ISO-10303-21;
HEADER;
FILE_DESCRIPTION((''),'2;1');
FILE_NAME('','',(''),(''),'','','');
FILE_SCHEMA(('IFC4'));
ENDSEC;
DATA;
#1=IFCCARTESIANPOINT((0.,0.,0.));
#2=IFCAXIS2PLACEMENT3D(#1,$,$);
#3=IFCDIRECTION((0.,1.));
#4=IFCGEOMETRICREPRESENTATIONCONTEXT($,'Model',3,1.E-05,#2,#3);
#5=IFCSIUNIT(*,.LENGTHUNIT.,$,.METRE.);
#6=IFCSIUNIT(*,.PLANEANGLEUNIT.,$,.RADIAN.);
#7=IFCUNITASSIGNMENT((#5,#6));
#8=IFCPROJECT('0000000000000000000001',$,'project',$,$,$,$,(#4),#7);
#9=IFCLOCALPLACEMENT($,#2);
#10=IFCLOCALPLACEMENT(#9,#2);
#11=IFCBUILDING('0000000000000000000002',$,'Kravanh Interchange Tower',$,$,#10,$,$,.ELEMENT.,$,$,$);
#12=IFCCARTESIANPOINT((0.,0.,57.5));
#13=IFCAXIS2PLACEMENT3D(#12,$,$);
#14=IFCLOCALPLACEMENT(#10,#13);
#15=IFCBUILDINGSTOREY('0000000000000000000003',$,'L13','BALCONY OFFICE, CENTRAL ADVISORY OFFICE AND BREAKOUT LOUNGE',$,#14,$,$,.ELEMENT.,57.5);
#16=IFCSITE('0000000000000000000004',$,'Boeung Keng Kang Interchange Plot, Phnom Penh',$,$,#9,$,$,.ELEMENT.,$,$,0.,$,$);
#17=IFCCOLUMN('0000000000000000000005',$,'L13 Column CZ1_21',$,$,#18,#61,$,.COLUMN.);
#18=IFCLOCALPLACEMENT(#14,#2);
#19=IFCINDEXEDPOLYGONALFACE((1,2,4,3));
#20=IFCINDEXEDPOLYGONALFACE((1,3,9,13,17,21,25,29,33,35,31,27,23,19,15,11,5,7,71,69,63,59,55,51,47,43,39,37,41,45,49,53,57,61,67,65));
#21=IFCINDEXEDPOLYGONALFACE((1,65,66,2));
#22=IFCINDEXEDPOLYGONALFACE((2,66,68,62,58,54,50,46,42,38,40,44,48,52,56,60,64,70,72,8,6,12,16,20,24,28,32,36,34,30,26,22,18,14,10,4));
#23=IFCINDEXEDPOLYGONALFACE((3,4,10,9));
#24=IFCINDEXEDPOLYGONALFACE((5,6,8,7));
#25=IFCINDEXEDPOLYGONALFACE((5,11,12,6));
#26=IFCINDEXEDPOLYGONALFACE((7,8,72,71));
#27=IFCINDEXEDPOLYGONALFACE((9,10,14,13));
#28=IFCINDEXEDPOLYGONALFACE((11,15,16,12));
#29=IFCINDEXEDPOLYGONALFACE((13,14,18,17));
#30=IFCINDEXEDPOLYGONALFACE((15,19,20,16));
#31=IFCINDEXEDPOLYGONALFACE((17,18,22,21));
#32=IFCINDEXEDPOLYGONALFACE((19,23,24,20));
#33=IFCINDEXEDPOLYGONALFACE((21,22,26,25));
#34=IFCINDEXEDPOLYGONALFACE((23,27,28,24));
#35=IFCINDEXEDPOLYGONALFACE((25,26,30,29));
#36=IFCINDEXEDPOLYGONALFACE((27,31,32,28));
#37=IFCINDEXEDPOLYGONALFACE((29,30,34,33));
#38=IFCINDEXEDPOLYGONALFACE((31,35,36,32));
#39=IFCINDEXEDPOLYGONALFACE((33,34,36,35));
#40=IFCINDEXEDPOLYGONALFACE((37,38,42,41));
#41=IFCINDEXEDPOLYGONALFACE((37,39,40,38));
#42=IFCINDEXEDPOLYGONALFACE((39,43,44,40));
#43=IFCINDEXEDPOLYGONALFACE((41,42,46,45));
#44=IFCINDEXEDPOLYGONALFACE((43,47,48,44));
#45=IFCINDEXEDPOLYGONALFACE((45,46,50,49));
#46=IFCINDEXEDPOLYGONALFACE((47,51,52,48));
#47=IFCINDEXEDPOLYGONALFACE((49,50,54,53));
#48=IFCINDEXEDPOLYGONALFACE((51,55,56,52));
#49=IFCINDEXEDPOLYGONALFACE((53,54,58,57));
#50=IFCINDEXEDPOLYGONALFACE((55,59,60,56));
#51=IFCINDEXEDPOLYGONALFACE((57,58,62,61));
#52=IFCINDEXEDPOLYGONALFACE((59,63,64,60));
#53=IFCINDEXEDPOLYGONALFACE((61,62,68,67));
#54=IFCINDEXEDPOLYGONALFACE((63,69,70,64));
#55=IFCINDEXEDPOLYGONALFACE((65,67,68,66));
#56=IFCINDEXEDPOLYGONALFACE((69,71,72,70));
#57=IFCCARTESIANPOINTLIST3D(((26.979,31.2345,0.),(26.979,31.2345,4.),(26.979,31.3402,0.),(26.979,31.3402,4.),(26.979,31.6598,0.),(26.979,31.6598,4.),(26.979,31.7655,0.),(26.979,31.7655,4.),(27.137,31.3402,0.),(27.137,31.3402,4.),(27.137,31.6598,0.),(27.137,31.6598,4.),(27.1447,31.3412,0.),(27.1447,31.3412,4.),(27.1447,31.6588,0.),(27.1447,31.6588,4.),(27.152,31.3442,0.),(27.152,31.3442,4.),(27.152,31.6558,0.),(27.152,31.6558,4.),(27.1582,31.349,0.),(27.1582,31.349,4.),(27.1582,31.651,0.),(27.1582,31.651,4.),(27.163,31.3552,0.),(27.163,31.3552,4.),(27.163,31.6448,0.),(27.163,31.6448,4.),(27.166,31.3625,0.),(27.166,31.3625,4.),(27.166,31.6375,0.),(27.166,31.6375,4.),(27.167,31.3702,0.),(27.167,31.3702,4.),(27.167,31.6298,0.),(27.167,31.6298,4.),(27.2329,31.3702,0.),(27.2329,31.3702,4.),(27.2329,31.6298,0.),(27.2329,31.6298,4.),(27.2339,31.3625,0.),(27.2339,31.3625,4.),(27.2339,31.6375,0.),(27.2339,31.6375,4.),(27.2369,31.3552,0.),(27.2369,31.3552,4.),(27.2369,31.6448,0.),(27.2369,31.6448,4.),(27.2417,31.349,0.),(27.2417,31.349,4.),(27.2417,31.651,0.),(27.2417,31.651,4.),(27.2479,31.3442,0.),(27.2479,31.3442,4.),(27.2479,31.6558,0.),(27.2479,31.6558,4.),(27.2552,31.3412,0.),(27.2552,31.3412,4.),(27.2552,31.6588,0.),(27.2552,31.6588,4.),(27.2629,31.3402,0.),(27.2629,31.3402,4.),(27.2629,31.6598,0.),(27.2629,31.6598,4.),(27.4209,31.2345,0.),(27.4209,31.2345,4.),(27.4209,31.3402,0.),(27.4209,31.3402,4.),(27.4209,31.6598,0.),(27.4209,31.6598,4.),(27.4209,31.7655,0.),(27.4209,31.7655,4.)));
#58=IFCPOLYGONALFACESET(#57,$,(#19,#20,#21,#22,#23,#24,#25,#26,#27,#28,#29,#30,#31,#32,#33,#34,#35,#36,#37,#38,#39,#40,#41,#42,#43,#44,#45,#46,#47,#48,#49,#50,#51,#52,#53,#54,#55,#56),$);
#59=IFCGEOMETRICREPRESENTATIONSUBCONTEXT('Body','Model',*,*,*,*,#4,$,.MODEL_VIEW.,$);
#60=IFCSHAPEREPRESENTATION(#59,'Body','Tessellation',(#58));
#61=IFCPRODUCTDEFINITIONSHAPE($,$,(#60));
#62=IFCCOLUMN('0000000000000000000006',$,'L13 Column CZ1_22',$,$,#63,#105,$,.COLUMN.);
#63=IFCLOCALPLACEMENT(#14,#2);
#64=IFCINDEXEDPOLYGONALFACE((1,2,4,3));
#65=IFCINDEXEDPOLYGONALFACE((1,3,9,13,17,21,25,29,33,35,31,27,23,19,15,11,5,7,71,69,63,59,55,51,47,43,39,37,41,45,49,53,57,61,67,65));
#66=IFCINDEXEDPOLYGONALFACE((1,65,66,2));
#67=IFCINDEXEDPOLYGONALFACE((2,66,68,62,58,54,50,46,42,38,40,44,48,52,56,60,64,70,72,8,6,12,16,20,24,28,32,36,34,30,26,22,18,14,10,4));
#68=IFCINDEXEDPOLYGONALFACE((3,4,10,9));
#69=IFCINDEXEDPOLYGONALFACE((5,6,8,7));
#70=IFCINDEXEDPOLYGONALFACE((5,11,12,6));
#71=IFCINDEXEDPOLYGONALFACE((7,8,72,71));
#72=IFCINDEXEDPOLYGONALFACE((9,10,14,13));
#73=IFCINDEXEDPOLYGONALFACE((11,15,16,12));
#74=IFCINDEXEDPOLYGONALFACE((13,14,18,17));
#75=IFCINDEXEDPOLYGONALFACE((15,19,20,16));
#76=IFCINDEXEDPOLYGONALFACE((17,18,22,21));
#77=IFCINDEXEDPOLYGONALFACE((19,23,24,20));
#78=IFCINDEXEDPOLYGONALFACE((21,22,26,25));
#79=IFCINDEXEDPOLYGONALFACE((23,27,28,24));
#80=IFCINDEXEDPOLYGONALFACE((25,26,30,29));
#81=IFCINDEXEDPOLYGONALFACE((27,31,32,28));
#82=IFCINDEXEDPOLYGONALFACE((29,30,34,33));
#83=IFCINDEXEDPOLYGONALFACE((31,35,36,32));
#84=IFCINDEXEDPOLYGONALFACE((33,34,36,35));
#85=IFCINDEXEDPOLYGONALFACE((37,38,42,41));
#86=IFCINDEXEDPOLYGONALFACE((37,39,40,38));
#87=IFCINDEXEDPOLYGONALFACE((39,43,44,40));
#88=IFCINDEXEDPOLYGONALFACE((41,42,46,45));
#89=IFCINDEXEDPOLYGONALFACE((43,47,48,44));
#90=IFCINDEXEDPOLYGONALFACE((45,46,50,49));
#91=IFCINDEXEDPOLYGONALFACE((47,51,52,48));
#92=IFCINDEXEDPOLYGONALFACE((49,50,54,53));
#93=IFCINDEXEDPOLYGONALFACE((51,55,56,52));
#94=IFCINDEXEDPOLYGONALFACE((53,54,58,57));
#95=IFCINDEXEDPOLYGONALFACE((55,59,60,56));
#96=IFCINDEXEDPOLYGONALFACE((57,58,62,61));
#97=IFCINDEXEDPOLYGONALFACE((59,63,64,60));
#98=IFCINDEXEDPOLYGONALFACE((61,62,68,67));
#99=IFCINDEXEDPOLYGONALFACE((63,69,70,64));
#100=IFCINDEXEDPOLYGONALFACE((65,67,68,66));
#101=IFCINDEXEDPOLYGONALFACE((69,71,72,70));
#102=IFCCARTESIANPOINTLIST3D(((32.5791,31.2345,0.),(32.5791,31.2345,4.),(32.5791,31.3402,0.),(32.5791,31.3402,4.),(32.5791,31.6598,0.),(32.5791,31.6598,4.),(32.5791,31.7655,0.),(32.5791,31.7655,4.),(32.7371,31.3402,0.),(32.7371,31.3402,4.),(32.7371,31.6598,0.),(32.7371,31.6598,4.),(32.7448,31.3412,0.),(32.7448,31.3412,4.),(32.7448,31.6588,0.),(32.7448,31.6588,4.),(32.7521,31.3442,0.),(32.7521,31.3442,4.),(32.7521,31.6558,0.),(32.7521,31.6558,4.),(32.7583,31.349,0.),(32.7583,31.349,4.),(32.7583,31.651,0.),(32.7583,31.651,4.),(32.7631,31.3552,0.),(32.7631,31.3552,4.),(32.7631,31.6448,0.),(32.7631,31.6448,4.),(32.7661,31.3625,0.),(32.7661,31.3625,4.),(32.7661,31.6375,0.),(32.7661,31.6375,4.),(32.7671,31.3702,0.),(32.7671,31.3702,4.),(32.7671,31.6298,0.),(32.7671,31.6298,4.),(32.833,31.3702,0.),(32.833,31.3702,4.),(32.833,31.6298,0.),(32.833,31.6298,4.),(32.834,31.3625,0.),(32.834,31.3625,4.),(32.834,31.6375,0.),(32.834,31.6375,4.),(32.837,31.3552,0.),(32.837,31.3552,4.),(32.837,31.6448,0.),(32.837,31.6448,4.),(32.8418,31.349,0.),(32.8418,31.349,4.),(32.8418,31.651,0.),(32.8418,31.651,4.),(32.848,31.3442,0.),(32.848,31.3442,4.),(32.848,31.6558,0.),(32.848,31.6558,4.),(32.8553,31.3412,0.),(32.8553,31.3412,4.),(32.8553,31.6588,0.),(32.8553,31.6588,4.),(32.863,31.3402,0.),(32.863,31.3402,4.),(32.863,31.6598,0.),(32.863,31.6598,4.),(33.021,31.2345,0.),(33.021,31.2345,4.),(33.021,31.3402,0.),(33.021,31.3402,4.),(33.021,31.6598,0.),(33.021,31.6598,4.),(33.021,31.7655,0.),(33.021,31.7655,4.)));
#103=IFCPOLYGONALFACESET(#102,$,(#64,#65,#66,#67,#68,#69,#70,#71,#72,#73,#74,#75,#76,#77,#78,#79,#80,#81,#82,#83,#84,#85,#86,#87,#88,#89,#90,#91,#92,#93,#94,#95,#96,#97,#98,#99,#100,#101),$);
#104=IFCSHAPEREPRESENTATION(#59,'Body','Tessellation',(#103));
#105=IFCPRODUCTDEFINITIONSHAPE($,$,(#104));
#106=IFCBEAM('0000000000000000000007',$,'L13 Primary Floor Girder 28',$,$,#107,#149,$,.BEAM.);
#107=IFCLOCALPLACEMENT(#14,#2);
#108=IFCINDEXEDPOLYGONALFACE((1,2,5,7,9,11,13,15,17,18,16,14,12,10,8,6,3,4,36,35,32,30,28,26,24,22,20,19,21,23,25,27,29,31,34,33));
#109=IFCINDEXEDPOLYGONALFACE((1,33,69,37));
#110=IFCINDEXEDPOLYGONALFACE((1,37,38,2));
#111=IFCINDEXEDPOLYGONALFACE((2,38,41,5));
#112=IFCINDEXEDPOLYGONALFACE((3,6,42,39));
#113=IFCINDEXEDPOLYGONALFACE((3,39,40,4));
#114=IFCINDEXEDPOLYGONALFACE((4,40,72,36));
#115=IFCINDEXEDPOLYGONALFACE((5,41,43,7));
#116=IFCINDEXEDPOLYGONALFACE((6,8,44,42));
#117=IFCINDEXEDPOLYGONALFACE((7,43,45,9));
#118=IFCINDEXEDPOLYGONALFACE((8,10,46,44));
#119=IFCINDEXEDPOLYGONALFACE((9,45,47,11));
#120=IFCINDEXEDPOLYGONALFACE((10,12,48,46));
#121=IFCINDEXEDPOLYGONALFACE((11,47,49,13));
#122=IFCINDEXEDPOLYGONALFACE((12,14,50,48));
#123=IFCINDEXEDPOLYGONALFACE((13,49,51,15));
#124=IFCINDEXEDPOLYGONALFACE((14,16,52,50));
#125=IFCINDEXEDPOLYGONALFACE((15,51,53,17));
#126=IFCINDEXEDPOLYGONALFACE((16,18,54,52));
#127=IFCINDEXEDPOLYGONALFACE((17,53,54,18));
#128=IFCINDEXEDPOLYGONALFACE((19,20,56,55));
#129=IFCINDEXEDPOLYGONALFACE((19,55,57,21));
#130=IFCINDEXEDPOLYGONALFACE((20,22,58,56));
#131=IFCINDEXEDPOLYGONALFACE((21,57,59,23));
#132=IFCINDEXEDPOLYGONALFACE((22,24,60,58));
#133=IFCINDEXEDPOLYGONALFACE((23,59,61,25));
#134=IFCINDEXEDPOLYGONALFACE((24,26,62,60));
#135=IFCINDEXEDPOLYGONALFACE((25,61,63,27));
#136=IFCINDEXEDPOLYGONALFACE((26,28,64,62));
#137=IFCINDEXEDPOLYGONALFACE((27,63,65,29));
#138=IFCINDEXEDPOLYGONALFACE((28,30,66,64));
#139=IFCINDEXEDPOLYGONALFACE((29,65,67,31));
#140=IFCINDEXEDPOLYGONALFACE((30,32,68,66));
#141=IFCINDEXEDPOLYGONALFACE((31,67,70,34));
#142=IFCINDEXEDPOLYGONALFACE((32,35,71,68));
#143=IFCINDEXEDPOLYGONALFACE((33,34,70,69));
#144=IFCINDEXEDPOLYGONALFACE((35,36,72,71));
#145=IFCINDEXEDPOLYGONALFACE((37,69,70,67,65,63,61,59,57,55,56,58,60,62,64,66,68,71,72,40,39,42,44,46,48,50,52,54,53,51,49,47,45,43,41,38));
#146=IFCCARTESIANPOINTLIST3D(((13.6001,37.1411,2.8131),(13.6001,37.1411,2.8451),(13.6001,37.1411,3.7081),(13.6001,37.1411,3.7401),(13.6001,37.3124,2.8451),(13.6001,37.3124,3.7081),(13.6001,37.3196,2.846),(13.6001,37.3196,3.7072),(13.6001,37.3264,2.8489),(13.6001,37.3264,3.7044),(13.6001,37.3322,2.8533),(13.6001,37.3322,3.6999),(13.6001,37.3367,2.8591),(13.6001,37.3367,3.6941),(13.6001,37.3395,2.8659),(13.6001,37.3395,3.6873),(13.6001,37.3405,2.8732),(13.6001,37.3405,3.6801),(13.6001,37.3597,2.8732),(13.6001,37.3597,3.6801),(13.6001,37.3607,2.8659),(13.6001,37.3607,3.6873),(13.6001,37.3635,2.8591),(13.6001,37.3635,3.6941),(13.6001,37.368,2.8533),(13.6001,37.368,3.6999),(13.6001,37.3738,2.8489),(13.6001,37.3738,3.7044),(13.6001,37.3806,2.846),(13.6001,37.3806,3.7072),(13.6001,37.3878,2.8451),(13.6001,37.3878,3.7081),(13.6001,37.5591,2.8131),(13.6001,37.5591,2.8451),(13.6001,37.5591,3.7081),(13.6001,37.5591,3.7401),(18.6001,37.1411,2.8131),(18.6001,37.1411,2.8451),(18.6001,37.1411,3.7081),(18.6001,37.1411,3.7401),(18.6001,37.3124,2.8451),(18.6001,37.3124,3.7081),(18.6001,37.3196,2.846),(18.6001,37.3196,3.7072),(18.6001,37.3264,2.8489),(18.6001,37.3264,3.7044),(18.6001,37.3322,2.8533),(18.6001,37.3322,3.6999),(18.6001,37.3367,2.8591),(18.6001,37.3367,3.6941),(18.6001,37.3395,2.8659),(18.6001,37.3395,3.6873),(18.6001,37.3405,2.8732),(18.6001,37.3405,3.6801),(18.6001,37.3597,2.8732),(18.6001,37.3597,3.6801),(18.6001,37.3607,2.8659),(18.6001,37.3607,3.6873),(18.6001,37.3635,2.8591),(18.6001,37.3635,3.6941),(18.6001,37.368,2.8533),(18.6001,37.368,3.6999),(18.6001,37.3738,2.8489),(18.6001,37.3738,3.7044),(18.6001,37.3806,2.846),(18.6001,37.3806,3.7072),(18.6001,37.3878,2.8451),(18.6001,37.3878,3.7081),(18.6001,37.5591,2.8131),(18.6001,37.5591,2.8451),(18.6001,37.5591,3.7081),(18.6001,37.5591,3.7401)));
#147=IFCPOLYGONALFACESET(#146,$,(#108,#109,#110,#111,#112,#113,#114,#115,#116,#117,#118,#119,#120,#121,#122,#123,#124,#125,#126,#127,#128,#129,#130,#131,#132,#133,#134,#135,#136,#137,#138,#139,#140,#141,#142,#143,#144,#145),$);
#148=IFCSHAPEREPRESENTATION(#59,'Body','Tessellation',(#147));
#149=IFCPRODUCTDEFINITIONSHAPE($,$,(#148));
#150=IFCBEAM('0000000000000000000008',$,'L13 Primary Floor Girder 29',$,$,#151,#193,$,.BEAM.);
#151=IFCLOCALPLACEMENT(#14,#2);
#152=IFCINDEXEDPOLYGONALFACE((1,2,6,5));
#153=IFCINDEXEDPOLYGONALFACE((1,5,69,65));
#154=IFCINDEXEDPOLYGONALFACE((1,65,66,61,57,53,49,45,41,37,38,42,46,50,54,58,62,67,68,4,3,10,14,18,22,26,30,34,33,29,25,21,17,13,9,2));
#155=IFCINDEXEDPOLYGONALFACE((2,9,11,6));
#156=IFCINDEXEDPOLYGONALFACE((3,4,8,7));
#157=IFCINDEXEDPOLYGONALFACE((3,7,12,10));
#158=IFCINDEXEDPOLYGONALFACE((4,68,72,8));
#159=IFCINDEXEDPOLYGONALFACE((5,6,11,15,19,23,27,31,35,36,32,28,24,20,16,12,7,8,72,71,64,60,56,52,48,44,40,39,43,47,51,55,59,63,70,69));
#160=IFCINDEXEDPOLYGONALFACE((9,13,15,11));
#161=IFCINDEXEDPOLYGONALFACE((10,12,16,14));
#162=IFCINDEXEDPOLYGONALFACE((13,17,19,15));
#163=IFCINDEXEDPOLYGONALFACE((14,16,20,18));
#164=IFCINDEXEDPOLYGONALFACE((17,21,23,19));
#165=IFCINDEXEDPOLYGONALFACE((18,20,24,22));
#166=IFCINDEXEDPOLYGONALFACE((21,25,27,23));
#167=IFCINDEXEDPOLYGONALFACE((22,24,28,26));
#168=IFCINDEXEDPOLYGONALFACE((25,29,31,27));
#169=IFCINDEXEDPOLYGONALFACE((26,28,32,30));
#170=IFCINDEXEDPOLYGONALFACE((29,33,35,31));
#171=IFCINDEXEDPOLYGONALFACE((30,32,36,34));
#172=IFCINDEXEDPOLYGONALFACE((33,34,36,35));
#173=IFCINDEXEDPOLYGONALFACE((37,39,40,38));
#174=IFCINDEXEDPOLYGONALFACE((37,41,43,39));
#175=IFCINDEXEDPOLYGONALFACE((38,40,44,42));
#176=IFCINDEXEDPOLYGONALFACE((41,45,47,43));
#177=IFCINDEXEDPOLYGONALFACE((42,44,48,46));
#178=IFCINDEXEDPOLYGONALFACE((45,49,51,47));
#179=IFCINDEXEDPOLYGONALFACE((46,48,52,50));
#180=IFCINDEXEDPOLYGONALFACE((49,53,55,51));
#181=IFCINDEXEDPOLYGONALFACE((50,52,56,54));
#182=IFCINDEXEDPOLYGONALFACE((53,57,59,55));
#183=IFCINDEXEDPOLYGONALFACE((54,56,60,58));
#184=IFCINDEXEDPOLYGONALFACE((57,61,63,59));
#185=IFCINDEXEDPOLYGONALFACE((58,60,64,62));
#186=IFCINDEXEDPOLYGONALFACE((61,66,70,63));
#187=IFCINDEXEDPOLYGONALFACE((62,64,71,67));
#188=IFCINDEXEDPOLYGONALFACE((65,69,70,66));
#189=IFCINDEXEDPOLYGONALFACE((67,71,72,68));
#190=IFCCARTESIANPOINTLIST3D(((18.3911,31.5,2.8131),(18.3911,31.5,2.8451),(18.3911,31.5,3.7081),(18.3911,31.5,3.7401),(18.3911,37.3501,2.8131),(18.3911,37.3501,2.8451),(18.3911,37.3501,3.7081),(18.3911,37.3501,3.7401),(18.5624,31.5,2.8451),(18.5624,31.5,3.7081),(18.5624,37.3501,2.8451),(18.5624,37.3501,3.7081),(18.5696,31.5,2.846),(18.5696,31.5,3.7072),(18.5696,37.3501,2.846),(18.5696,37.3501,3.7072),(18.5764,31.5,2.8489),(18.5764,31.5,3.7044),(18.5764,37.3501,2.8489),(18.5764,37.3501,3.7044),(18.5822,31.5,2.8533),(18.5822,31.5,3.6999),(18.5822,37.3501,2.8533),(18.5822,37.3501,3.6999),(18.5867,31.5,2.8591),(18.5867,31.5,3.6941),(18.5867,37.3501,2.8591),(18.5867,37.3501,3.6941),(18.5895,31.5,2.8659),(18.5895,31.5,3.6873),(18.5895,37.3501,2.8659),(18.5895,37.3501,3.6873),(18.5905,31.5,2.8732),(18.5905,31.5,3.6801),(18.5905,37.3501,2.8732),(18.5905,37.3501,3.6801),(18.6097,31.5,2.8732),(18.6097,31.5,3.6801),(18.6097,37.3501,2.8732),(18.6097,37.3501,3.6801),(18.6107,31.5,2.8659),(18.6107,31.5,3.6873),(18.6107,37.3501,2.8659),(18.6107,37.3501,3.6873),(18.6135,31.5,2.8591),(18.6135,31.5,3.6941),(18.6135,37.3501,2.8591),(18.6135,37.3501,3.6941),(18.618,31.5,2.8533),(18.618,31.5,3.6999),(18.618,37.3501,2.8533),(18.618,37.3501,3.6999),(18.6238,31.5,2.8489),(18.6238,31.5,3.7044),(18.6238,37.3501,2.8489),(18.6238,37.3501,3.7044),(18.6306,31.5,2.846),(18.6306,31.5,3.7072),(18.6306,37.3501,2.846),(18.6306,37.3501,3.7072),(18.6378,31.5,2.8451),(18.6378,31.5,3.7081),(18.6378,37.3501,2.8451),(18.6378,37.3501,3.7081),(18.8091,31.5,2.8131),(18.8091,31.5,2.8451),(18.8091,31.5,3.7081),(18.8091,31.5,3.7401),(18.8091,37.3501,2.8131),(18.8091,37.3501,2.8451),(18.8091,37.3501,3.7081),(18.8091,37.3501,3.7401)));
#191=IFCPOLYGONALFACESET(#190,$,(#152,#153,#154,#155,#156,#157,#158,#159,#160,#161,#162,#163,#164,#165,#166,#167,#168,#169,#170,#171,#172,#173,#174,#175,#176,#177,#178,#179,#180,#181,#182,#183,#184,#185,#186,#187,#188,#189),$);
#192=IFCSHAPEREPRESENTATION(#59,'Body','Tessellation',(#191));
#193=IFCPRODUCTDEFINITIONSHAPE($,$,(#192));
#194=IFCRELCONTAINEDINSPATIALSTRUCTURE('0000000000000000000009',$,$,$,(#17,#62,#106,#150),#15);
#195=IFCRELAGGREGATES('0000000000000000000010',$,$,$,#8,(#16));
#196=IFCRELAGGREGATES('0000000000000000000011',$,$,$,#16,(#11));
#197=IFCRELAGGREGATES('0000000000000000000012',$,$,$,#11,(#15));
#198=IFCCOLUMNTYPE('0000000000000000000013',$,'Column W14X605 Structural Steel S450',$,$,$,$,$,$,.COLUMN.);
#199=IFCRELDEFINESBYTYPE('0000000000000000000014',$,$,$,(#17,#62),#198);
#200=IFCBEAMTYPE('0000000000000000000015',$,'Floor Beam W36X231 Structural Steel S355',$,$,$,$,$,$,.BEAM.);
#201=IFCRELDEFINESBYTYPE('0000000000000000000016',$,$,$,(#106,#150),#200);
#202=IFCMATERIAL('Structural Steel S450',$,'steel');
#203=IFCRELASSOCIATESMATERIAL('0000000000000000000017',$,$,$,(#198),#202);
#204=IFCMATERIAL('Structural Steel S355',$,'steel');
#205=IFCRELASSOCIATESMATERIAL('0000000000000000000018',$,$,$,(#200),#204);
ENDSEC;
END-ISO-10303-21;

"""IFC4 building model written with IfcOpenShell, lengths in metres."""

from ifc_helpers import new_model, si_unit, direction, frame, origin, origin_2d, place, context, subcontext, project, spatial, i_section, extrude, material, material_profile, profile_set, type_object, element, save


model = new_model("IFC4")

# Units and contexts
model_context = context("Model", 3, precision=1e-05, world=origin(), true_north=direction((0.0, 1.0)))
body_context = subcontext(model_context, "Body", "Model", "MODEL_VIEW")
ifc_project = project(units=[si_unit("LENGTHUNIT", "METRE"), si_unit("PLANEANGLEUNIT", "RADIAN")], contexts=[model_context])

# Site, building, storey
site_placement = place(None, origin())
site = spatial("IfcSite", under=ifc_project, at=site_placement, Name="Boeung Keng Kang Interchange Plot, Phnom Penh", CompositionType="ELEMENT", RefElevation=0.0)
building_placement = place(site_placement, origin())
building = spatial("IfcBuilding", under=site, at=building_placement, Name="Kravanh Interchange Tower", CompositionType="ELEMENT")
storey_placement = place(building_placement, frame((0.0, 0.0, 57.5)))
storey = spatial("IfcBuildingStorey", under=building, at=storey_placement, Name="L13", Description="BALCONY OFFICE, CENTRAL ADVISORY OFFICE AND BREAKOUT LOUNGE", CompositionType="ELEMENT", Elevation=57.5)

# Columns
ifc_material_1 = material(Name="Structural Steel S450", Category="steel")
ifc_material_profile_1 = material_profile(ifc_material_1, i_section(OverallWidth=0.4419, OverallDepth=0.531, WebThickness=0.0659, FlangeThickness=0.1057, FilletRadius=0.03, at=origin_2d()), Name="W14X605")
ifc_profile_set_1 = profile_set([ifc_material_profile_1], Name="Structural Steel S450")
column_type_1 = type_object("IfcColumnType", Name="Column W14X605 Structural Steel S450", PredefinedType="COLUMN", material=ifc_profile_set_1)
for number, where, z_axis, x_axis, name in (
    (1, (27.2, 31.5, 0.0), (0.0, 0.0, 1.0), (1.0, 0.0, 0.0), "L13 Column CZ1_21"),
    (2, (32.8, 31.5, 0.0), (0.0, 0.0, 1.0), (1.0, 0.0, 0.0), "L13 Column CZ1_22"),
):
    element("IfcColumn", number, at=place(storey_placement, frame(where, z_axis=z_axis, x_axis=x_axis)), inside=storey, type_object=column_type_1, Name=name, PredefinedType="COLUMN", context=body_context, shape_type="SweptSolid", body=[
        extrude(i_section(OverallWidth=0.4419, OverallDepth=0.531, WebThickness=0.0659, FlangeThickness=0.1057, FilletRadius=0.03, at=origin_2d()), origin(), (0.0, 0.0, 1.0), 4.0),
    ])

# Beams
ifc_material_2 = material(Name="Structural Steel S355", Category="steel")
ifc_material_profile_2 = material_profile(ifc_material_2, i_section(OverallWidth=0.418, OverallDepth=0.927, WebThickness=0.0193, FlangeThickness=0.032, FilletRadius=0.0281, at=origin_2d()), Name="W36X231")
ifc_profile_set_2 = profile_set([ifc_material_profile_2], Name="Structural Steel S355")
beam_type_1 = type_object("IfcBeamType", Name="Floor Beam W36X231 Structural Steel S355", PredefinedType="BEAM", material=ifc_profile_set_2)
beam_1_placement = place(storey_placement, frame((18.6001, 37.3501, 3.2766), z_axis=(-1.0, 0.0, 0.0), x_axis=(0.0, -1.0, 0.0)))
element("IfcBeam", 3, at=beam_1_placement, inside=storey, type_object=beam_type_1, Name="L13 Primary Floor Girder 28", PredefinedType="BEAM", context=body_context, shape_type="SweptSolid", body=[
    extrude(i_section(OverallWidth=0.418, OverallDepth=0.927, WebThickness=0.0193, FlangeThickness=0.032, FilletRadius=0.0281, at=origin_2d()), origin(), (0.0, 0.0, 1.0), 5.0),
])
beam_2_placement = place(storey_placement, frame((18.6001, 37.3501, 3.2766), z_axis=(0.0, -1.0, 0.0), x_axis=(1.0, 0.0, 0.0)))
element("IfcBeam", 4, at=beam_2_placement, inside=storey, type_object=beam_type_1, Name="L13 Primary Floor Girder 29", PredefinedType="BEAM", context=body_context, shape_type="SweptSolid", body=[
    extrude(i_section(OverallWidth=0.418, OverallDepth=0.927, WebThickness=0.0193, FlangeThickness=0.032, FilletRadius=0.0281, at=origin_2d()), origin(), (0.0, 0.0, 1.0), 5.8501),
])

save(model, "model.ifc")
